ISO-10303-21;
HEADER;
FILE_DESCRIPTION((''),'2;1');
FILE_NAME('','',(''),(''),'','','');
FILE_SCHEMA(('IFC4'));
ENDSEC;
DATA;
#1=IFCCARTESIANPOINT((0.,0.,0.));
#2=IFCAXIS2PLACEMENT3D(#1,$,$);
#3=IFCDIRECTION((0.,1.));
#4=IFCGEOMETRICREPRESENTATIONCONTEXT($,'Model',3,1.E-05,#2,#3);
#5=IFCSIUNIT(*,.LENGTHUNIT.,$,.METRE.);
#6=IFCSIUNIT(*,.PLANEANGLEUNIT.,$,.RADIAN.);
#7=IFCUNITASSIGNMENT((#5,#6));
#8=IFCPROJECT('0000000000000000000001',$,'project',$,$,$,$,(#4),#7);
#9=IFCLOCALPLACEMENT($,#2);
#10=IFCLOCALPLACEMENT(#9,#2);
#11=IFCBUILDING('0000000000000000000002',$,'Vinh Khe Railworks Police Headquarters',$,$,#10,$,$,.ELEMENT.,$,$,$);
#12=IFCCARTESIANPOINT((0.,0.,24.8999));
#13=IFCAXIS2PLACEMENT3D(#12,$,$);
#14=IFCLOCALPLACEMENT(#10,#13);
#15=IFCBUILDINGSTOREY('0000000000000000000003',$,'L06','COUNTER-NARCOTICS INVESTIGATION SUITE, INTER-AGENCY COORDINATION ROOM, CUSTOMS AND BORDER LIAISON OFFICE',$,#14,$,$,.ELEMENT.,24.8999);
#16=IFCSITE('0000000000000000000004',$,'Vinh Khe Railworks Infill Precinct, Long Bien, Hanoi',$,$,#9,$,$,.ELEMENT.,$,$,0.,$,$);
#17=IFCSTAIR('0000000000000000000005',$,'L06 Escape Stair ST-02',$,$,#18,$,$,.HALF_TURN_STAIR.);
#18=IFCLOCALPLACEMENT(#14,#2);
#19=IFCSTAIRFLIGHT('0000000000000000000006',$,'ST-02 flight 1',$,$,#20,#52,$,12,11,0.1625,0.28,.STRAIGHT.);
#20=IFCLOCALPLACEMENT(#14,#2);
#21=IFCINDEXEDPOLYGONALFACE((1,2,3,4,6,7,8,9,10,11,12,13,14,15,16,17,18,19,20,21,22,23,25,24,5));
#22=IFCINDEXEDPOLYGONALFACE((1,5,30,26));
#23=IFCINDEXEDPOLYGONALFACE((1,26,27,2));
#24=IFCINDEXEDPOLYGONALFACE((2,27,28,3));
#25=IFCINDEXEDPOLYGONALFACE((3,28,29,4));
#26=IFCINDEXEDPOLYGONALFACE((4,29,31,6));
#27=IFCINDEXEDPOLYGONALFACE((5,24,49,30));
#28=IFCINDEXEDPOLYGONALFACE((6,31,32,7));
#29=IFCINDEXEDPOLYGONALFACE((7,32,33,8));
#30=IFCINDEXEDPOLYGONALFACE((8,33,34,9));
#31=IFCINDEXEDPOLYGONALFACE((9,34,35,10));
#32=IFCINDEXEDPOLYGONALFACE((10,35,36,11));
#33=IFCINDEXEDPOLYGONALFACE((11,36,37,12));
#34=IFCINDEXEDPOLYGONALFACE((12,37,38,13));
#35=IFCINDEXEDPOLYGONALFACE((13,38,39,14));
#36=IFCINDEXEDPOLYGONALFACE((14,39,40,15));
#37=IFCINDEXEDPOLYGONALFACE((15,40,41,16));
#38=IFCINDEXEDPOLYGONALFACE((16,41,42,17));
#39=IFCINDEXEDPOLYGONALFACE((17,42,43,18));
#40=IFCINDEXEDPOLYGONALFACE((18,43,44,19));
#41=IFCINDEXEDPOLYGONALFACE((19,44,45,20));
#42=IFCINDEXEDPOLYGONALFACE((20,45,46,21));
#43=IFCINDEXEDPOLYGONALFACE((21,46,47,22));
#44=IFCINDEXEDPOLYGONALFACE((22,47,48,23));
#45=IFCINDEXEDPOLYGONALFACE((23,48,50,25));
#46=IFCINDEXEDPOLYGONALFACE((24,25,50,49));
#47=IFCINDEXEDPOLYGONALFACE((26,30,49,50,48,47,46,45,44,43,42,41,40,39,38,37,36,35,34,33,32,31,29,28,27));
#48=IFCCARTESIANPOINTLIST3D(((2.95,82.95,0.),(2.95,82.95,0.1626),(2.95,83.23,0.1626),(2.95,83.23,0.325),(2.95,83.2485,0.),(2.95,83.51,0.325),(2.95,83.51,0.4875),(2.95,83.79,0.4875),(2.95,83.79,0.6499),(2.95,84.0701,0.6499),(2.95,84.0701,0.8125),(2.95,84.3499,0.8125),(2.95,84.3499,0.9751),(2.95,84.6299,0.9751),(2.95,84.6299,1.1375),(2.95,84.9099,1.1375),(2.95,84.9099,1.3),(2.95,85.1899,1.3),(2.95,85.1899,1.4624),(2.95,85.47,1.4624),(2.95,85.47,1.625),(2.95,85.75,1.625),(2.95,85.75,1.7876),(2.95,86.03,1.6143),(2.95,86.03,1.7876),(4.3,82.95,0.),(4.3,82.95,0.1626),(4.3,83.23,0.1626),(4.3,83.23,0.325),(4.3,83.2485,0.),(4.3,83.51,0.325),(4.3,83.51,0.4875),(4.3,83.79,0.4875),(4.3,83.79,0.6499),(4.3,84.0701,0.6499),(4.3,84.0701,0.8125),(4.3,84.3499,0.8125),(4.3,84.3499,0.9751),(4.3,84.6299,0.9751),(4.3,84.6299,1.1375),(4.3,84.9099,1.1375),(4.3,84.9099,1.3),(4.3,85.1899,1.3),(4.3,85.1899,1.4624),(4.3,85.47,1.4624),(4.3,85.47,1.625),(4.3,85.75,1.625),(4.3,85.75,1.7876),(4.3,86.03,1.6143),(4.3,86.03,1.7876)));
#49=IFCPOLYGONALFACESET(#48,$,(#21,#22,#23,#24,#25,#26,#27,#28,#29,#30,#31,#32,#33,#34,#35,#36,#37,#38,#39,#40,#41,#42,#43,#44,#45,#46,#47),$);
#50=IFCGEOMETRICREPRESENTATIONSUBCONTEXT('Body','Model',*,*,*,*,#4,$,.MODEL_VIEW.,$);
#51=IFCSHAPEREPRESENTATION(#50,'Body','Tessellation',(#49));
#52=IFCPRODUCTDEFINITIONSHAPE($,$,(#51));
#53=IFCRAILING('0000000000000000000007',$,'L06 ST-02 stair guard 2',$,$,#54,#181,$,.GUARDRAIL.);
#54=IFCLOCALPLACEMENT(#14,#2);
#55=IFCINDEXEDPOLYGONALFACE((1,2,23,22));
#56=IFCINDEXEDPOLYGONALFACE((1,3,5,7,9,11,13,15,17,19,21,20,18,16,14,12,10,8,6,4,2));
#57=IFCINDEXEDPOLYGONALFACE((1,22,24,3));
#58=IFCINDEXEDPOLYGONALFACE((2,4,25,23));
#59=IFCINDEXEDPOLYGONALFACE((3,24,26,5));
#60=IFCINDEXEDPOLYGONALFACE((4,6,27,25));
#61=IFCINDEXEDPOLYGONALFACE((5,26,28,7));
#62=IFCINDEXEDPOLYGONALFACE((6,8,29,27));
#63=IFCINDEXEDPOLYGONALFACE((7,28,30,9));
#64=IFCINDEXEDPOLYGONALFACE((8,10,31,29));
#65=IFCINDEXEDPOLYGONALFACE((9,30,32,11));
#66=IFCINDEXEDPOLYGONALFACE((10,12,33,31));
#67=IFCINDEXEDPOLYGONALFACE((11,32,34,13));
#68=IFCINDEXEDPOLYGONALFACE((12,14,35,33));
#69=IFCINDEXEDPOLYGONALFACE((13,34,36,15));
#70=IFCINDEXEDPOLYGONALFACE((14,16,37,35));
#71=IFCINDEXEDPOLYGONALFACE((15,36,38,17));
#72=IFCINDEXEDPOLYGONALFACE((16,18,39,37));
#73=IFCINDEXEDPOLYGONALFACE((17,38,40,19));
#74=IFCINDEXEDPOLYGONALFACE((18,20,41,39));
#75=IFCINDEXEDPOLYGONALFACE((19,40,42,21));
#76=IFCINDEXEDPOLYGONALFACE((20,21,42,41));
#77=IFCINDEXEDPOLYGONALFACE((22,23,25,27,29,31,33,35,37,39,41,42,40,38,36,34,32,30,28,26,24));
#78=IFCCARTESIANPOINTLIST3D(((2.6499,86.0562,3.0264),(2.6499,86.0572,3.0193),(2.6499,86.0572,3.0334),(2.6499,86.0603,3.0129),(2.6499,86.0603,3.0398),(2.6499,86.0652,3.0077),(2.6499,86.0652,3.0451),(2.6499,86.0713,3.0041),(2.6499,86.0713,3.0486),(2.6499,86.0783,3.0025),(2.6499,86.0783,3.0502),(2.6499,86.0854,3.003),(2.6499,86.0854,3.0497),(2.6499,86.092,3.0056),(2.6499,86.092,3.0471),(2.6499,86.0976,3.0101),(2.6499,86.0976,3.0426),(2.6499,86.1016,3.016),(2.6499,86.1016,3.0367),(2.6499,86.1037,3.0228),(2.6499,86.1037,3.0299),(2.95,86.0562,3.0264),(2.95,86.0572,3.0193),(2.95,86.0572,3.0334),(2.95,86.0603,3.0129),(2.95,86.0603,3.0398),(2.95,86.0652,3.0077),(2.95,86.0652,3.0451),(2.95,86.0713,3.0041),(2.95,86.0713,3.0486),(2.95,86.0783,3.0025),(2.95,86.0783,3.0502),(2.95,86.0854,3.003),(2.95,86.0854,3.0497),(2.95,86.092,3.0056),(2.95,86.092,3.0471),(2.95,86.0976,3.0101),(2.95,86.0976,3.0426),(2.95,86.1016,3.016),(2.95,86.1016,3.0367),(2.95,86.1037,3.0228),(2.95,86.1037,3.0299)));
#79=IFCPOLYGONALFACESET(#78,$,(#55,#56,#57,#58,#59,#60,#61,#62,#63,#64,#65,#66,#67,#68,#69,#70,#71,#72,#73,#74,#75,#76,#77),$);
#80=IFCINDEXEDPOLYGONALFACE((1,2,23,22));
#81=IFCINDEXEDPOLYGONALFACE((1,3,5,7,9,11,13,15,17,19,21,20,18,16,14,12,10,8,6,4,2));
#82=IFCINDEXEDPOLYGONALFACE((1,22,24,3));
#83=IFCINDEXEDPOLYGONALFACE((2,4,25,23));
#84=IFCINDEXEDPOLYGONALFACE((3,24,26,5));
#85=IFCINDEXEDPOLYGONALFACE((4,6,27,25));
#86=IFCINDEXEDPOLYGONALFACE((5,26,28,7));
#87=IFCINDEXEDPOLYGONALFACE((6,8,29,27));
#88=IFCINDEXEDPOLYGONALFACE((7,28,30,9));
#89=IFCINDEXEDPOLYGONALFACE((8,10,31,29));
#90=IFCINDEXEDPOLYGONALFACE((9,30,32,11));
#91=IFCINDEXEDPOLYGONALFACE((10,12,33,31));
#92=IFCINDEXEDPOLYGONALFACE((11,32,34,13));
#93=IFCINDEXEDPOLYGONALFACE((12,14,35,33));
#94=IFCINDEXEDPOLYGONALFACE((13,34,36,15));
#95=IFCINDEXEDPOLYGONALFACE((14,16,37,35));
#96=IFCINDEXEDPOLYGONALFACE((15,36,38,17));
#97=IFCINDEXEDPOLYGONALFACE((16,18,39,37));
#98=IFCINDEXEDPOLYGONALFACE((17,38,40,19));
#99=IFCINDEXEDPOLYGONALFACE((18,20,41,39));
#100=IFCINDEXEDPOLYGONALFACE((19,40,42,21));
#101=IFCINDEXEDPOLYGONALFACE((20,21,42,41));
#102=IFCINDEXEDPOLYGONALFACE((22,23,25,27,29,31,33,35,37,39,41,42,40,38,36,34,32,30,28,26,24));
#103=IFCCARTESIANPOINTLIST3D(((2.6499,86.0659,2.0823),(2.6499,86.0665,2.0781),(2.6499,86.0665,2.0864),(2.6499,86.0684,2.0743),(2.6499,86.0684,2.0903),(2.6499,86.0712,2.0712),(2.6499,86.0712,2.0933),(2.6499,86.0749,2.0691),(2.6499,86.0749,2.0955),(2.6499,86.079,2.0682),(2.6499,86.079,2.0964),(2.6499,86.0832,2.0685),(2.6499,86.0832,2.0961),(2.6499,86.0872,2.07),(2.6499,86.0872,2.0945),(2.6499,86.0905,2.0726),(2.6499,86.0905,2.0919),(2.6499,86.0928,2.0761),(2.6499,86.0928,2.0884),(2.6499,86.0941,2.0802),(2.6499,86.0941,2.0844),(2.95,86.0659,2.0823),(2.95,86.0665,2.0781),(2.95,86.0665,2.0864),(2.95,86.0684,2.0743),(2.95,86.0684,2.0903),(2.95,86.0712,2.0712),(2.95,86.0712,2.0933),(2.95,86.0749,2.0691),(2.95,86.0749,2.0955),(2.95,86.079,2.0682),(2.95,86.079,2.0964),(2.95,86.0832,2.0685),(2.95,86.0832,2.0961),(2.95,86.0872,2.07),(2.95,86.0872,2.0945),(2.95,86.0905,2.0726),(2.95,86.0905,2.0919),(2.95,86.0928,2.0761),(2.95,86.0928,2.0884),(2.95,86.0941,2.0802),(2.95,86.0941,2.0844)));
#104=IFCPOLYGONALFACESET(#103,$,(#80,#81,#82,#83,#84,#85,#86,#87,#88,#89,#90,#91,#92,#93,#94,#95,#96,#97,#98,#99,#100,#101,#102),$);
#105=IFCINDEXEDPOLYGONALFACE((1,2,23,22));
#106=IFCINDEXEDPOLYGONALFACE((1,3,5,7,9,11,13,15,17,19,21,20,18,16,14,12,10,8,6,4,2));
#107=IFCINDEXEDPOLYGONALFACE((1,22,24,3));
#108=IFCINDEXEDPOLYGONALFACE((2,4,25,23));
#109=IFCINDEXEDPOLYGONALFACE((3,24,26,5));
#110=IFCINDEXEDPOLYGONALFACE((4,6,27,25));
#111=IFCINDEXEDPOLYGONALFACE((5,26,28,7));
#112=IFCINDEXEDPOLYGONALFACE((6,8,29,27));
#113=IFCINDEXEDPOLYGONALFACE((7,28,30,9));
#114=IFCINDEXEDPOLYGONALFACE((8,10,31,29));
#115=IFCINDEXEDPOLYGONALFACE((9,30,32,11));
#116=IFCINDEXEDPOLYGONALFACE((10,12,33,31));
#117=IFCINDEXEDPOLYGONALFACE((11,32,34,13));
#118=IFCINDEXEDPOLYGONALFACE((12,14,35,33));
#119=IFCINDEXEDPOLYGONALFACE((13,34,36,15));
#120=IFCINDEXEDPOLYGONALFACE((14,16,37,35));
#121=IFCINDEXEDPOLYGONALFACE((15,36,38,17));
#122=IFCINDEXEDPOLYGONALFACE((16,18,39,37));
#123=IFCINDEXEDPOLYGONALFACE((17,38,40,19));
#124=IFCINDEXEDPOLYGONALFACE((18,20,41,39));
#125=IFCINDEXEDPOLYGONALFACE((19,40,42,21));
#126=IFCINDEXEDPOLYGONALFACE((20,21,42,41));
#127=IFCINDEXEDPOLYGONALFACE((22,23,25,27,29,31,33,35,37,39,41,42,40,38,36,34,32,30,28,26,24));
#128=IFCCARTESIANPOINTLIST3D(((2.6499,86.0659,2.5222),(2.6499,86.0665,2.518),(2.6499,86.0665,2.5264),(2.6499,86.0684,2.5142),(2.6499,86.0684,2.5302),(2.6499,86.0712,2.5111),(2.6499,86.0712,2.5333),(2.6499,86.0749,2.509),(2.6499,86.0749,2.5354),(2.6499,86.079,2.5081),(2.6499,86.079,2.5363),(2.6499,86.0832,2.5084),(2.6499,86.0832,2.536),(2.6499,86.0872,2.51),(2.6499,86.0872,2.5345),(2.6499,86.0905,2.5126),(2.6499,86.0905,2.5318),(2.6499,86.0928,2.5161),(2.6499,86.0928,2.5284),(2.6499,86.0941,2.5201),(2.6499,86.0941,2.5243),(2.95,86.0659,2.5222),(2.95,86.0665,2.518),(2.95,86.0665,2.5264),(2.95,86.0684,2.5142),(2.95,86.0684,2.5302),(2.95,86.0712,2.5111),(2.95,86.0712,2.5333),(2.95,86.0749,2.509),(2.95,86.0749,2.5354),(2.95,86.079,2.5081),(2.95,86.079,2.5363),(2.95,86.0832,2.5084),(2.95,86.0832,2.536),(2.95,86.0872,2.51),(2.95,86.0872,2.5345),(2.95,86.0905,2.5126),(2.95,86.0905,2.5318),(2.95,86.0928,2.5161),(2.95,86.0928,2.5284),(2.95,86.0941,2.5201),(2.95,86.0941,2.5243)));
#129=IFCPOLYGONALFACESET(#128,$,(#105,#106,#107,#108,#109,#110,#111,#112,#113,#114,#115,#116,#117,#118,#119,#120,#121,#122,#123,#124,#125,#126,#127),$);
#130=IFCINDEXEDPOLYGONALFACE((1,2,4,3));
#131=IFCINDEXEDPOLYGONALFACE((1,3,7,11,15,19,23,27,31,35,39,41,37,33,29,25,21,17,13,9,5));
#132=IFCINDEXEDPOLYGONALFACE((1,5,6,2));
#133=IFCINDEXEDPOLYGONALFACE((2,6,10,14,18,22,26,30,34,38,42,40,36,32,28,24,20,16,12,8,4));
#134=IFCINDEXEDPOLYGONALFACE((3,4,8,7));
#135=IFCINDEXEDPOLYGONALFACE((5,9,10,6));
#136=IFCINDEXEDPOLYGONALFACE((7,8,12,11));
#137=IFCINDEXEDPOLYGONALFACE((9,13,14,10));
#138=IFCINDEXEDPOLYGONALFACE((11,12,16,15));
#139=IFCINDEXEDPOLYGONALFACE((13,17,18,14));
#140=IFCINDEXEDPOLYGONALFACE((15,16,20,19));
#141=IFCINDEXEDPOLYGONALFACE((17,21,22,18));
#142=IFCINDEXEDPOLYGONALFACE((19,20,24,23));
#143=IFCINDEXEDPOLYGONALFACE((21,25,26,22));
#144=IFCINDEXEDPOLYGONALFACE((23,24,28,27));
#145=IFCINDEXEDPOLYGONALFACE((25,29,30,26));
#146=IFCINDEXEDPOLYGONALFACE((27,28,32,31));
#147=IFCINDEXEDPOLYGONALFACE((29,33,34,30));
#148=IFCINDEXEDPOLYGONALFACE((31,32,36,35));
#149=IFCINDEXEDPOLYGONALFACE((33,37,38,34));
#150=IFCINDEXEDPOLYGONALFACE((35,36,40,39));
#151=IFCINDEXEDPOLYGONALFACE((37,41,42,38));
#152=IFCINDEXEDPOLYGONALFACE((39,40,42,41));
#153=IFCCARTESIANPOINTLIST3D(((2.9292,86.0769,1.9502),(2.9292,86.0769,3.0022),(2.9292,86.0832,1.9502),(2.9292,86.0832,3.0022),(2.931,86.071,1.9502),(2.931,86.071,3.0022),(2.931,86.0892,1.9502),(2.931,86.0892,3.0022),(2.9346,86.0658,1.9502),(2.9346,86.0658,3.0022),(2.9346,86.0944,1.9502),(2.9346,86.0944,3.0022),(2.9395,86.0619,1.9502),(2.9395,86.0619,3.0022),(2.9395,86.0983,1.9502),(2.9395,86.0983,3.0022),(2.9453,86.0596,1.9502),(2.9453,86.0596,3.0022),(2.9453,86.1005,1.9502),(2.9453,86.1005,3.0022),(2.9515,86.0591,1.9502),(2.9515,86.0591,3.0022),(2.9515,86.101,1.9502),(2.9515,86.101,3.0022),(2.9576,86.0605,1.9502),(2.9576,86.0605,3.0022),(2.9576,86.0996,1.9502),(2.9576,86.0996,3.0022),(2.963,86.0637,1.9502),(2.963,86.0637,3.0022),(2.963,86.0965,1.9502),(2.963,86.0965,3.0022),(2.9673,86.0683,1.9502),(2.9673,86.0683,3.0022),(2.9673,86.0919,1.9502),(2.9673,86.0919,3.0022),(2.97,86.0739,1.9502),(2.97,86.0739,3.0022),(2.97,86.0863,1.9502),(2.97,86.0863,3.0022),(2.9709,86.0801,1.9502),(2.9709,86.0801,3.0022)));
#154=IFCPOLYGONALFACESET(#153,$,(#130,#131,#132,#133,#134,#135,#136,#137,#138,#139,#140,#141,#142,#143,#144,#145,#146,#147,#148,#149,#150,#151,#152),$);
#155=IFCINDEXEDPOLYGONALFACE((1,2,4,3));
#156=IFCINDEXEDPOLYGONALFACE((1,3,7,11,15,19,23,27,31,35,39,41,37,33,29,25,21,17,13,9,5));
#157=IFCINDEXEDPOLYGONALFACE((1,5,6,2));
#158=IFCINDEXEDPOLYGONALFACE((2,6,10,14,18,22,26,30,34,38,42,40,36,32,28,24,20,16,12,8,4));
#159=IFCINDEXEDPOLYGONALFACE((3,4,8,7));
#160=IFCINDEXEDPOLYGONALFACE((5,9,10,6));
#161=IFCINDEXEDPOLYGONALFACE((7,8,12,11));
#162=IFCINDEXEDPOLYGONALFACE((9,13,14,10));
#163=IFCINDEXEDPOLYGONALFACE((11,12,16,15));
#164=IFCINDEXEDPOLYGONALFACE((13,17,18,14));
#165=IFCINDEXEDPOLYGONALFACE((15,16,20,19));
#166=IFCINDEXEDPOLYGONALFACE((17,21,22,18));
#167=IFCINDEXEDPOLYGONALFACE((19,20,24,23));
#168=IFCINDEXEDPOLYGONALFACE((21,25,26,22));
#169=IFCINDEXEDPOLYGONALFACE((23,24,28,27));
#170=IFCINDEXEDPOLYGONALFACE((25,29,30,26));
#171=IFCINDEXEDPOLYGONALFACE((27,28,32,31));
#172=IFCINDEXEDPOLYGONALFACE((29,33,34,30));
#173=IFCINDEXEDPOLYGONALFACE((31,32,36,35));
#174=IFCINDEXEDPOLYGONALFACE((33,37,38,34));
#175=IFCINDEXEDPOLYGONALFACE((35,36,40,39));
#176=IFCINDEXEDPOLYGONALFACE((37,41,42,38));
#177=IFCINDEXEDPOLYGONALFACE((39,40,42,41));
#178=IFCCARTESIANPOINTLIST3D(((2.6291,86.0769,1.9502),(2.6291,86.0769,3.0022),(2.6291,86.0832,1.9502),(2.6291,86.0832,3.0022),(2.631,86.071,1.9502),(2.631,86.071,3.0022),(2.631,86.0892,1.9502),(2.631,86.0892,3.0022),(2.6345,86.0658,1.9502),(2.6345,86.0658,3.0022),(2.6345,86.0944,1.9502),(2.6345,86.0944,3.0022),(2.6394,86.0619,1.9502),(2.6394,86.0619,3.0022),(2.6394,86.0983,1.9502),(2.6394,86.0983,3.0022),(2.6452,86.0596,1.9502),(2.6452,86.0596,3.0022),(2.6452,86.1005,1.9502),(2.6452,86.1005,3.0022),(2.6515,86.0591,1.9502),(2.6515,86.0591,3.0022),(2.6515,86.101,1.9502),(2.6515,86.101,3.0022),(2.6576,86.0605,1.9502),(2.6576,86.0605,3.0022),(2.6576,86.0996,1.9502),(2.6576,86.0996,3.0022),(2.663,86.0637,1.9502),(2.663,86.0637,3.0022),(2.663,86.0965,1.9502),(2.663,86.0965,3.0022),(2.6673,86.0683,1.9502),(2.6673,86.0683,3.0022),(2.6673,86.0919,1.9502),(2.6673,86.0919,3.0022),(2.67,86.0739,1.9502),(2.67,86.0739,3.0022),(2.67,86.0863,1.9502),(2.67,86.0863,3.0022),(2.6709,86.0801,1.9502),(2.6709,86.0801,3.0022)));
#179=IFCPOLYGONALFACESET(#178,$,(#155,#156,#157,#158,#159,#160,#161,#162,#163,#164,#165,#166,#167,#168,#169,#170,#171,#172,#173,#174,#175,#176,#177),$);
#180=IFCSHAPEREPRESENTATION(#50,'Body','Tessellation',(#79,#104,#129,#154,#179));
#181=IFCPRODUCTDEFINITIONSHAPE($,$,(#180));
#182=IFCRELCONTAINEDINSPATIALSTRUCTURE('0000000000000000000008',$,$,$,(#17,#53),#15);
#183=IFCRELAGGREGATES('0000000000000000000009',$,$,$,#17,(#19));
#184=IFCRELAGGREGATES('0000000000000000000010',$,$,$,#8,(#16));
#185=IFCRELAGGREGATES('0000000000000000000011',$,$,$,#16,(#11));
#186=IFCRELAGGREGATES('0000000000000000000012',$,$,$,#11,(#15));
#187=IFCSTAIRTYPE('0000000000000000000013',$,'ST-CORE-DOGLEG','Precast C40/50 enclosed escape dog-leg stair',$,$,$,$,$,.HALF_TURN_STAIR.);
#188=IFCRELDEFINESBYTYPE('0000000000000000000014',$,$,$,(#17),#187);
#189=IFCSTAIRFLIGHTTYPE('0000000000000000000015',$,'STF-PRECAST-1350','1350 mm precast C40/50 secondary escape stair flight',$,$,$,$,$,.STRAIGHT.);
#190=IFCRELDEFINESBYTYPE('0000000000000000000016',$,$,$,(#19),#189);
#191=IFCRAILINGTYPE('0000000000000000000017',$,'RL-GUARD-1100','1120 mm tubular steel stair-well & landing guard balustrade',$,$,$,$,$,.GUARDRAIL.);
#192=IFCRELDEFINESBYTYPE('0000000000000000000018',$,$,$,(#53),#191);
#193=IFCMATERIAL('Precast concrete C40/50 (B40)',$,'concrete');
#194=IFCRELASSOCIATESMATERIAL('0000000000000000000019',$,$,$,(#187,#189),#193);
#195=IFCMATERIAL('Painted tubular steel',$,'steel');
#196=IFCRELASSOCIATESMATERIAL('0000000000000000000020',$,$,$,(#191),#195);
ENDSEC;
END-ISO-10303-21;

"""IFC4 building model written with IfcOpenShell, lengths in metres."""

from ifc_helpers import new_model, si_unit, direction, frame, origin, origin_2d, place, context, subcontext, project, spatial, polyline, circle, outline, extrude, material, type_object, element, aggregate, save


model = new_model("IFC4")

# Units and contexts
model_context = context("Model", 3, precision=1e-05, world=origin(), true_north=direction((0.0, 1.0)))
body_context = subcontext(model_context, "Body", "Model", "MODEL_VIEW")
ifc_project = project(units=[si_unit("LENGTHUNIT", "METRE"), si_unit("PLANEANGLEUNIT", "RADIAN")], contexts=[model_context])

# Site, building, storey
site_placement = place(None, origin())
site = spatial("IfcSite", under=ifc_project, at=site_placement, Name="Vinh Khe Railworks Infill Precinct, Long Bien, Hanoi", CompositionType="ELEMENT", RefElevation=0.0)
building_placement = place(site_placement, origin())
building = spatial("IfcBuilding", under=site, at=building_placement, Name="Vinh Khe Railworks Police Headquarters", CompositionType="ELEMENT")
storey_placement = place(building_placement, frame((0.0, 0.0, 24.8999)))
storey = spatial("IfcBuildingStorey", under=building, at=storey_placement, Name="L06", Description="COUNTER-NARCOTICS INVESTIGATION SUITE, INTER-AGENCY COORDINATION ROOM, CUSTOMS AND BORDER LIAISON OFFICE", CompositionType="ELEMENT", Elevation=24.8999)

# Stair, stair flight
ifc_material_1 = material(Name="Precast concrete C40/50 (B40)", Category="concrete")
stair_type = type_object("IfcStairType", Name="ST-CORE-DOGLEG", Description="Precast C40/50 enclosed escape dog-leg stair", PredefinedType="HALF_TURN_STAIR", material=ifc_material_1)
stair_placement = place(storey_placement, origin())
stair = element("IfcStair", 1, at=stair_placement, inside=storey, type_object=stair_type, Name="L06 Escape Stair ST-02", PredefinedType="HALF_TURN_STAIR")
stair_flight_type = type_object("IfcStairFlightType", Name="STF-PRECAST-1350", Description="1350 mm precast C40/50 secondary escape stair flight", PredefinedType="STRAIGHT", material=ifc_material_1)
stair_flight_placement = place(storey_placement, frame((3.625, 82.95, 0.0), z_axis=(0.0, 0.0, 1.0), x_axis=(0.0, 1.0, 0.0)))
stair_flight = element("IfcStairFlight", 2, at=stair_flight_placement, type_object=stair_flight_type, Name="ST-02 flight 1", NumberOfRisers=12, NumberOfTreads=11, PredefinedType="STRAIGHT", RiserHeight=0.1625, TreadLength=0.28, context=body_context, shape_type="SweptSolid", body=[
    extrude(outline(polyline([(0.0, 0.0), (0.0, 0.1626), (0.28, 0.1626), (0.28, 0.325), (0.5601, 0.325), (0.5601, 0.4875), (0.8401, 0.4875), (0.8401, 0.6499), (1.1201, 0.6499), (1.1201, 0.8125), (1.3999, 0.8125), (1.3999, 0.9751), (1.6799, 0.9751), (1.6799, 1.1375), (1.96, 1.1375), (1.96, 1.3), (2.24, 1.3), (2.24, 1.4624), (2.52, 1.4624), (2.52, 1.625), (2.8, 1.625), (2.8, 1.7876), (3.0801, 1.7876), (3.0801, 1.95), (3.0801, 1.6143), (0.2986, 0.0), (0.0, 0.0)])), frame((0.0, 0.675, 0.0), z_axis=(0.0, -1.0, 0.0), x_axis=(1.0, 0.0, 0.0)), (0.0, 0.0, 1.0), 1.3501),
])
aggregate(stair, [stair_flight])

# Railing
ifc_material_2 = material(Name="Painted tubular steel", Category="steel")
railing_type_1 = type_object("IfcRailingType", Name="RL-GUARD-1100", Description="1120 mm tubular steel stair-well & landing guard balustrade", PredefinedType="GUARDRAIL", material=ifc_material_2)
railing_1_placement = place(storey_placement, frame((2.95, 86.0801, 1.9502)))
element("IfcRailing", 3, at=railing_1_placement, inside=storey, type_object=railing_type_1, Name="L06 ST-02 stair guard 2", PredefinedType="GUARDRAIL", context=body_context, shape_type="SweptSolid", body=[
    extrude(circle(Radius=0.0239, at=origin_2d()), frame((0.0, 0.0, 1.0762), z_axis=(-1.0, 0.0, 0.0), x_axis=(0.0, -1.0, 0.0)), (0.0, 0.0, 1.0), 0.3),
    extrude(circle(Radius=0.0142, at=origin_2d()), frame((0.0, 0.0, 0.1321), z_axis=(-1.0, 0.0, 0.0), x_axis=(0.0, -1.0, 0.0)), (0.0, 0.0, 1.0), 0.3),
    extrude(circle(Radius=0.0142, at=origin_2d()), frame((0.0, 0.0, 0.572), z_axis=(-1.0, 0.0, 0.0), x_axis=(0.0, -1.0, 0.0)), (0.0, 0.0, 1.0), 0.3),
    extrude(circle(Radius=0.021, at=origin_2d()), origin(), (0.0, 0.0, 1.0), 1.052),
    extrude(circle(Radius=0.021, at=origin_2d()), frame((-0.3, 0.0, 0.0)), (0.0, 0.0, 1.0), 1.052),
])

save(model, "model.ifc")
